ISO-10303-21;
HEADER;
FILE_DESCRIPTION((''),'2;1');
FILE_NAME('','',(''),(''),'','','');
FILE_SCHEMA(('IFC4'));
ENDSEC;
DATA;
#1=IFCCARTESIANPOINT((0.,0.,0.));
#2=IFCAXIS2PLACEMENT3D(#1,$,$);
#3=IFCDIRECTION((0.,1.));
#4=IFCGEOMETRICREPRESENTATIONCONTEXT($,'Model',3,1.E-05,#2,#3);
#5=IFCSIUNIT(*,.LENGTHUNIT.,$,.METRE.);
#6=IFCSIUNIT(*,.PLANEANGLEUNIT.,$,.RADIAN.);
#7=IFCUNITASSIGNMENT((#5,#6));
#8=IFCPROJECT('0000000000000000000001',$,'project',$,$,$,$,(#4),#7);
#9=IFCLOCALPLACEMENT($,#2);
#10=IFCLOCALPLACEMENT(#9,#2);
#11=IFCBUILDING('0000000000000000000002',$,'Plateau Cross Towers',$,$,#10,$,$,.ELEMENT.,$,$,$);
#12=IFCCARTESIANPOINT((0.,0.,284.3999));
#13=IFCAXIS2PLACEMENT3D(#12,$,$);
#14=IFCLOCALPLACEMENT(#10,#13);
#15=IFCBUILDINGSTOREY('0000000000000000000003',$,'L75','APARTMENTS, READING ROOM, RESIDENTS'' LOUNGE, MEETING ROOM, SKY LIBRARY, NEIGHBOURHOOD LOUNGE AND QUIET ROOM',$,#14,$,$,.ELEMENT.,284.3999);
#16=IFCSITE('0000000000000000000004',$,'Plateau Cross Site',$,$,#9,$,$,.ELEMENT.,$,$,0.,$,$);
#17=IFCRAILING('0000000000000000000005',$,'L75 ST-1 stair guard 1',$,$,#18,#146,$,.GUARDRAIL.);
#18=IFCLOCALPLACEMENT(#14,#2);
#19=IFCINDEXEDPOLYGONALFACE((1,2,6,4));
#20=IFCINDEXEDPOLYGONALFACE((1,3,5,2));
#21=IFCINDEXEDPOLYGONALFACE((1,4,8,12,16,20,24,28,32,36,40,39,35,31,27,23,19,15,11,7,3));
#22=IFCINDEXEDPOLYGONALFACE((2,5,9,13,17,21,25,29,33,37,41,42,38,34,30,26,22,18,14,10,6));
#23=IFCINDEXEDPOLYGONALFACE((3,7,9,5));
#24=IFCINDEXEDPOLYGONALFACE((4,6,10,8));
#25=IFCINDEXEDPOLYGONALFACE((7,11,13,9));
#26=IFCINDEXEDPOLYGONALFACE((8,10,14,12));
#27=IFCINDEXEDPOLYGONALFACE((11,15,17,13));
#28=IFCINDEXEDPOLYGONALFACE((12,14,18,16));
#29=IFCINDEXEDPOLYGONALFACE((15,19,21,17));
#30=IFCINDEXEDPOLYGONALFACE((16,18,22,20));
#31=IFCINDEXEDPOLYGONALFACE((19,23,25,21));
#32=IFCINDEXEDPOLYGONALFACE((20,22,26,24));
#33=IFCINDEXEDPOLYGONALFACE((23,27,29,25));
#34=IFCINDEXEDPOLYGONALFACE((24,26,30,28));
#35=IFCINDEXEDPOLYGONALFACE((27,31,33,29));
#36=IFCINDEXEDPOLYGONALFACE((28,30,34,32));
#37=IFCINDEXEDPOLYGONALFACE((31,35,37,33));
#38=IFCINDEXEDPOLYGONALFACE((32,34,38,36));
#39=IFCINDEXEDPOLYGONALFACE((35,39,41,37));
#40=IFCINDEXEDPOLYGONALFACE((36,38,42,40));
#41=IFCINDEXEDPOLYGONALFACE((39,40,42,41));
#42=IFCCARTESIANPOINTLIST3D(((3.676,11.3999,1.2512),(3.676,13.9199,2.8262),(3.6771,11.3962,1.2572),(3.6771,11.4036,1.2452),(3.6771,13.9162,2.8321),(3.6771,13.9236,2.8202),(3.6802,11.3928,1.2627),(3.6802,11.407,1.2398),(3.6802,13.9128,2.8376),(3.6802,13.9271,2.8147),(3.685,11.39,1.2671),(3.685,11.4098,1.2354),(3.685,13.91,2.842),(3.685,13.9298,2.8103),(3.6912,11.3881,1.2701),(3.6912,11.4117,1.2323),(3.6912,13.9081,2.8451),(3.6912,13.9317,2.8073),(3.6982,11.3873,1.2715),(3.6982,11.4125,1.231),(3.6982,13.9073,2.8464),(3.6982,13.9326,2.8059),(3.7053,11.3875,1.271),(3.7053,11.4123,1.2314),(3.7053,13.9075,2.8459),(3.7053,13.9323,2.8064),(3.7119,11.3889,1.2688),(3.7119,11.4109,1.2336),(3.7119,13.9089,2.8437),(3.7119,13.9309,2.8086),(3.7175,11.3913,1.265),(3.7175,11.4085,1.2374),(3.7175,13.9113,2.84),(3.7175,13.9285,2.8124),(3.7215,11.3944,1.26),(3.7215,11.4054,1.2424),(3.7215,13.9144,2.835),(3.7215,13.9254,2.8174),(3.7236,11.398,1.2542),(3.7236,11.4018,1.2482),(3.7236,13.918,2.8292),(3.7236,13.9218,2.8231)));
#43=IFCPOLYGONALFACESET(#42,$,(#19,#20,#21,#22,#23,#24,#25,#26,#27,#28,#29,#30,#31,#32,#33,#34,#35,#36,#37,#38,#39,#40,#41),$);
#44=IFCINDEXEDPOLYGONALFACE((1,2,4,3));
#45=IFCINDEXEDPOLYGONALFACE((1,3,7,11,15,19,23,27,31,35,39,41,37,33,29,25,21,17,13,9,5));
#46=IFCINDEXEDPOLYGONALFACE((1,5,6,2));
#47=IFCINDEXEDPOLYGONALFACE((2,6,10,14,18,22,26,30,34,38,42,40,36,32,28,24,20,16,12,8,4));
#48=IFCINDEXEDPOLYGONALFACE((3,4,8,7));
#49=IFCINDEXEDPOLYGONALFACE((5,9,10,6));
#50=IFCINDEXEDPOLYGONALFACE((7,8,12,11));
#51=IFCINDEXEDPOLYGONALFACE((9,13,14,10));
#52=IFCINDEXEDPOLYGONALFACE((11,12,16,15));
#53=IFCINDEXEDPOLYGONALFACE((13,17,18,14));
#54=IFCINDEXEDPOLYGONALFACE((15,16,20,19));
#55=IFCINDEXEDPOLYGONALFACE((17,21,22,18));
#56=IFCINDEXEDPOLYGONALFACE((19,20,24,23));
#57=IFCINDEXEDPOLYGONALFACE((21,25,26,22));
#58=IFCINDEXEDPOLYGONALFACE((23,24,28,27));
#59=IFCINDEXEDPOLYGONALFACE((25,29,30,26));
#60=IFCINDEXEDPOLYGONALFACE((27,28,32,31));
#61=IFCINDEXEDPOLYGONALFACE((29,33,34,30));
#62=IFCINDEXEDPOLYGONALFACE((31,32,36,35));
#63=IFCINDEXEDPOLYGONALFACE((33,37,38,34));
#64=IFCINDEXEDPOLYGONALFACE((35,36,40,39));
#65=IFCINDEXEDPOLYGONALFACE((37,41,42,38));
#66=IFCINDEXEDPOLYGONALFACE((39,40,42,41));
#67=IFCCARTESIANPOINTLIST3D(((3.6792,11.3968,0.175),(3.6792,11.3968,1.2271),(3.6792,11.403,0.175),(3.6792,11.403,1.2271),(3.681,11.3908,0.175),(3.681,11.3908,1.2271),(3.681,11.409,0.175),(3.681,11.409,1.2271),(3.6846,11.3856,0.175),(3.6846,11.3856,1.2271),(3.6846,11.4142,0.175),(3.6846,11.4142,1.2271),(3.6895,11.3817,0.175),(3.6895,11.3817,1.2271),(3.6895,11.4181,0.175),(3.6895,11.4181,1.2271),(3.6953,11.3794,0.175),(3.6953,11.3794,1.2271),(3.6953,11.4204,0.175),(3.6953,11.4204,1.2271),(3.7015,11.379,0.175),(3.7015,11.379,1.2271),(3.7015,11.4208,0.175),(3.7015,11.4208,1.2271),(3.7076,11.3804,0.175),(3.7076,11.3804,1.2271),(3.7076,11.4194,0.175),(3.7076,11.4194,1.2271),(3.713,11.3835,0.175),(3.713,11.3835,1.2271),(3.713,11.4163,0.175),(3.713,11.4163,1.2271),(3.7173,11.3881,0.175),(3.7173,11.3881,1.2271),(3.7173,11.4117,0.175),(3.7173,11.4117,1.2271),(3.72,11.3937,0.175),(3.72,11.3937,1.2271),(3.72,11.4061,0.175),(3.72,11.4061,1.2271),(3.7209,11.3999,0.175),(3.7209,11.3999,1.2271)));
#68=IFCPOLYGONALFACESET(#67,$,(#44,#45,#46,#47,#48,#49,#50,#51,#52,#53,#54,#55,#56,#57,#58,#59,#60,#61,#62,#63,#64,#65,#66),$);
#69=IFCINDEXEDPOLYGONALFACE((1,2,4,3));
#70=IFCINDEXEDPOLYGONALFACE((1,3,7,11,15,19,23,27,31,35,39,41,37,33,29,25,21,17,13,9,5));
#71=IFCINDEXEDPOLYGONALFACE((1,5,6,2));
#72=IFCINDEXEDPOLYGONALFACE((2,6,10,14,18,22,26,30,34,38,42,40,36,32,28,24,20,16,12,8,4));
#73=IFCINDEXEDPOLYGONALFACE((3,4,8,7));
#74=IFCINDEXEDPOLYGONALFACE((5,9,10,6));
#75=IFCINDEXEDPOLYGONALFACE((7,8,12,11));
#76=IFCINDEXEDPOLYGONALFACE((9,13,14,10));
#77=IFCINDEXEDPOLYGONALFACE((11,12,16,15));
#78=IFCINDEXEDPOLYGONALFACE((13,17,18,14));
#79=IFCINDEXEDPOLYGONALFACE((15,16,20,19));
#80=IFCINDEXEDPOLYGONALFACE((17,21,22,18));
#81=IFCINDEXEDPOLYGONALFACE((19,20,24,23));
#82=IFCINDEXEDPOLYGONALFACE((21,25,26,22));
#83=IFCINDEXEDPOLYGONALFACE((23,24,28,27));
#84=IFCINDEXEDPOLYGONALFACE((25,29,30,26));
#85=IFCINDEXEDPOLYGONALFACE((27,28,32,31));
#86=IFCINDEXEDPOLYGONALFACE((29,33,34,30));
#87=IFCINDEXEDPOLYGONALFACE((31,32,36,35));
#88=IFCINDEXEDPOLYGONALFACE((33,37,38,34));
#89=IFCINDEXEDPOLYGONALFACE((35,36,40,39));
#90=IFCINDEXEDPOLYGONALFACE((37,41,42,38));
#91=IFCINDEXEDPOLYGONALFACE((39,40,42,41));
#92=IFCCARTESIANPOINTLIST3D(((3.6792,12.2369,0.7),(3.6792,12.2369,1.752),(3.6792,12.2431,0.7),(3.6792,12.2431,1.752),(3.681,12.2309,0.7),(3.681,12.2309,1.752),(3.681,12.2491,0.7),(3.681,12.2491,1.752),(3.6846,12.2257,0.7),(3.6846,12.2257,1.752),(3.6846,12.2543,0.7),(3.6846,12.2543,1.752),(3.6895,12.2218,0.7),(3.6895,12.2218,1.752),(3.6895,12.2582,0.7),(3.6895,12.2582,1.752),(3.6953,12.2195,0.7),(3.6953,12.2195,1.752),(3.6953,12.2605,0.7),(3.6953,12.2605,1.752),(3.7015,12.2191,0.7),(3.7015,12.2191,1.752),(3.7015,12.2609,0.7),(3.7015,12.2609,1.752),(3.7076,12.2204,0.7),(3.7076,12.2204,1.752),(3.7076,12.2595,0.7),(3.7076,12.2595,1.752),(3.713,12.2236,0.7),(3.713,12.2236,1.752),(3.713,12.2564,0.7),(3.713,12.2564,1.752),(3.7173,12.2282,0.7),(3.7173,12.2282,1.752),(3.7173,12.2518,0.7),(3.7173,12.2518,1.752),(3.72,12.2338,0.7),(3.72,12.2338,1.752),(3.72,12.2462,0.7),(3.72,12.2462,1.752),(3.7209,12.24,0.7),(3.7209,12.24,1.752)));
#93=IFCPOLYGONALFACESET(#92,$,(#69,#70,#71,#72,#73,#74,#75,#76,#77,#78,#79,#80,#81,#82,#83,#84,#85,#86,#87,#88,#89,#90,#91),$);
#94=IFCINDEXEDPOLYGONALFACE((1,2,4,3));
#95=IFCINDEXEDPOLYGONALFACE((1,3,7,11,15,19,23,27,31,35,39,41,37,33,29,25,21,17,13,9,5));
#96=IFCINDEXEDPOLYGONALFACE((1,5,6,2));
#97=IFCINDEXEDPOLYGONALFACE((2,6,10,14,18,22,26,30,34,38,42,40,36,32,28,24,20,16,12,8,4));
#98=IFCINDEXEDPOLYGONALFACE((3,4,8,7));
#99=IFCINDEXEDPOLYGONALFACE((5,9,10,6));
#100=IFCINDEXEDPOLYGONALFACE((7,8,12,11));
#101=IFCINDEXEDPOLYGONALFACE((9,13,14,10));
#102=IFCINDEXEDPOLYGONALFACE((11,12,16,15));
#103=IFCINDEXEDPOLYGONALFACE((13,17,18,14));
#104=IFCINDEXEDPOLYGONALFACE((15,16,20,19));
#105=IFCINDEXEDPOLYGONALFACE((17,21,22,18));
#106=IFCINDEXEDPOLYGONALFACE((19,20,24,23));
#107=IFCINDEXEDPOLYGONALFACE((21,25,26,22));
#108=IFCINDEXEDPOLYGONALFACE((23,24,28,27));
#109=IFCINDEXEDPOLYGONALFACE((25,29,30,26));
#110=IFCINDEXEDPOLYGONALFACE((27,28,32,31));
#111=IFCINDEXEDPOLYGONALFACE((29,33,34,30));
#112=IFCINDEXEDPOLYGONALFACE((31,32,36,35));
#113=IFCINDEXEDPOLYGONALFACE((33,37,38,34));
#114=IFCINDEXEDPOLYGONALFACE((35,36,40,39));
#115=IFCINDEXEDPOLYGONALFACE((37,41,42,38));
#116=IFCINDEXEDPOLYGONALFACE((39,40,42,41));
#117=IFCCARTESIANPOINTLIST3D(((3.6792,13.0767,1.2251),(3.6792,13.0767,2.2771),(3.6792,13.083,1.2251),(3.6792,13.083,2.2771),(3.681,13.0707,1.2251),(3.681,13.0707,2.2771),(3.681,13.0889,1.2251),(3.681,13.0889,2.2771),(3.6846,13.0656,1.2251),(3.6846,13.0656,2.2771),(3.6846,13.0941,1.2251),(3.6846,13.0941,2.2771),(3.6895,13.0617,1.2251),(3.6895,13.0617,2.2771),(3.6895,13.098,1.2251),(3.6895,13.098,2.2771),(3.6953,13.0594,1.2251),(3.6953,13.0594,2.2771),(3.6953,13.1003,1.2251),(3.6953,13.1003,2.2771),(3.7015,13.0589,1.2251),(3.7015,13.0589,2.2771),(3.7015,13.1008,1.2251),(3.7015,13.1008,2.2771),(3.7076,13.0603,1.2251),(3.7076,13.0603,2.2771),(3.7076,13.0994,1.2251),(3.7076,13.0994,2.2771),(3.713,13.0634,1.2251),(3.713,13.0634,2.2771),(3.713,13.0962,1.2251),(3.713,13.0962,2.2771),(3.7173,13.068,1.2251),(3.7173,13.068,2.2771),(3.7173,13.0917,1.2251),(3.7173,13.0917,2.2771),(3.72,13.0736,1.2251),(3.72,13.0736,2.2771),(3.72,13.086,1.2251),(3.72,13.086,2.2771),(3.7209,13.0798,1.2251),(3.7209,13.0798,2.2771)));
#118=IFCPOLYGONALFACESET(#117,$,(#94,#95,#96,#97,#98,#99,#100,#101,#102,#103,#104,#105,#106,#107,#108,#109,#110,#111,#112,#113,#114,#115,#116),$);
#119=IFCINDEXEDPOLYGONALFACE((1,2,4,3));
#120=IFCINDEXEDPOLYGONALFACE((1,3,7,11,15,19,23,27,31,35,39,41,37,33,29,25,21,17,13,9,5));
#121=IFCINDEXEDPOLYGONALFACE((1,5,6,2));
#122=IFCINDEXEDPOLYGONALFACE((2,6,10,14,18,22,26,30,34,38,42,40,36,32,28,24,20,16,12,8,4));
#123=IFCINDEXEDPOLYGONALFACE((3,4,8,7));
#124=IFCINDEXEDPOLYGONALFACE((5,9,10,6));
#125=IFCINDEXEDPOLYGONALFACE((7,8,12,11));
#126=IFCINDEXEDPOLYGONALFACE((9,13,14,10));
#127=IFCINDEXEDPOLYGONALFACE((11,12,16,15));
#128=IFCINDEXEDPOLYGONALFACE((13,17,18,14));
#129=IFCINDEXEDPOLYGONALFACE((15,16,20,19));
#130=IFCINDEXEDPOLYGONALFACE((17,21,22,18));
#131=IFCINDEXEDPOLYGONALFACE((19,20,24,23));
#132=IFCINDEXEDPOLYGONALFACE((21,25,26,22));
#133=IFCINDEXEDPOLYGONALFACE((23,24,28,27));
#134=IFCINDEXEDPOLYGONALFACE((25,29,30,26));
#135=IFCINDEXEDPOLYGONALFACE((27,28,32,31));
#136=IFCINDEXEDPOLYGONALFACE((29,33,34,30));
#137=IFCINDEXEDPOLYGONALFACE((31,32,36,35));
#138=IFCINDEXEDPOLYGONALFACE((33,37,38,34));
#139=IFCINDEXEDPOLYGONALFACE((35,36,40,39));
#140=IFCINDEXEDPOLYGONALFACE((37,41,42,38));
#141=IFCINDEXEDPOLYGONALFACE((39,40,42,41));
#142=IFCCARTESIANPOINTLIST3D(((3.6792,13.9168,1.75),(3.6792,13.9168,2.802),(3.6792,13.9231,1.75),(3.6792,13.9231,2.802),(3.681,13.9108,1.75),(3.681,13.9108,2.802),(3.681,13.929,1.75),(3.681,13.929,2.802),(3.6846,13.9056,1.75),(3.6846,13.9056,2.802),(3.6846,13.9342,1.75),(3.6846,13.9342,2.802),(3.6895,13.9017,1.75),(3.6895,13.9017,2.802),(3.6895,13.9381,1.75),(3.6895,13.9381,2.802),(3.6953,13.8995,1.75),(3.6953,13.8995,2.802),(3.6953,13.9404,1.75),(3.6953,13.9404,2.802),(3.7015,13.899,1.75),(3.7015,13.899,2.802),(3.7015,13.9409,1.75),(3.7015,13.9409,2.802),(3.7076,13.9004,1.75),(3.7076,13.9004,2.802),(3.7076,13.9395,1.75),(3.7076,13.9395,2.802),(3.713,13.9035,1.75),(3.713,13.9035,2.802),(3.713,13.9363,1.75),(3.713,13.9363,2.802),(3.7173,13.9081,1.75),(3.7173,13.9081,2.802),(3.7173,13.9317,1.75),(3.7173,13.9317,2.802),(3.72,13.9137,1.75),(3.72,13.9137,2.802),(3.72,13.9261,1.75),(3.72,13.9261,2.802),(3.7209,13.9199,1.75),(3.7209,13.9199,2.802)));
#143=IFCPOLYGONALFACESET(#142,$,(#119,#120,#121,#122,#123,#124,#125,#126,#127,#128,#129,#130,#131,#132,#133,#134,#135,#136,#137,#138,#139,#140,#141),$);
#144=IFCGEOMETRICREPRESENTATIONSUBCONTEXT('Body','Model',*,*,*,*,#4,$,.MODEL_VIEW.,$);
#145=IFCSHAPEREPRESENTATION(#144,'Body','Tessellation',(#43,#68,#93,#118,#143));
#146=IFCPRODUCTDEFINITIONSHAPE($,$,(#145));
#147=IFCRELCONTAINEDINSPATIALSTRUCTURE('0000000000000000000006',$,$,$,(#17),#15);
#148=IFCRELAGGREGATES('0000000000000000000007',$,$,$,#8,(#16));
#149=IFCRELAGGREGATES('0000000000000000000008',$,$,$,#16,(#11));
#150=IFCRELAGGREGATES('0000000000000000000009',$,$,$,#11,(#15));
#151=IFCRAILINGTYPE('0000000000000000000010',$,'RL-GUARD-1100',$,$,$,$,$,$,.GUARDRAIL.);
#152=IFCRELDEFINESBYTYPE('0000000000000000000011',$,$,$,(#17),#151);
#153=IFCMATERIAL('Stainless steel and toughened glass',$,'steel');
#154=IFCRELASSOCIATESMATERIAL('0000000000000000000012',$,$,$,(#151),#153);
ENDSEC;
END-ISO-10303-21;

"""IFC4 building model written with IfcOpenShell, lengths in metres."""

from ifc_helpers import new_model, si_unit, direction, frame, origin, origin_2d, place, context, subcontext, project, spatial, circle, extrude, material, type_object, element, save


model = new_model("IFC4")

# Units and contexts
model_context = context("Model", 3, precision=1e-05, world=origin(), true_north=direction((0.0, 1.0)))
body_context = subcontext(model_context, "Body", "Model", "MODEL_VIEW")
ifc_project = project(units=[si_unit("LENGTHUNIT", "METRE"), si_unit("PLANEANGLEUNIT", "RADIAN")], contexts=[model_context])

# Site, building, storey
site_placement = place(None, origin())
site = spatial("IfcSite", under=ifc_project, at=site_placement, Name="Plateau Cross Site", CompositionType="ELEMENT", RefElevation=0.0)
building_placement = place(site_placement, origin())
building = spatial("IfcBuilding", under=site, at=building_placement, Name="Plateau Cross Towers", CompositionType="ELEMENT")
storey_placement = place(building_placement, frame((0.0, 0.0, 284.3999)))
storey = spatial("IfcBuildingStorey", under=building, at=storey_placement, Name="L75", Description="APARTMENTS, READING ROOM, RESIDENTS' LOUNGE, MEETING ROOM, SKY LIBRARY, NEIGHBOURHOOD LOUNGE AND QUIET ROOM", CompositionType="ELEMENT", Elevation=284.3999)

# Railing
ifc_material_1 = material(Name="Stainless steel and toughened glass", Category="steel")
railing_type_1 = type_object("IfcRailingType", Name="RL-GUARD-1100", PredefinedType="GUARDRAIL", material=ifc_material_1)
railing_1_placement = place(storey_placement, frame((3.7, 11.3999, 0.175)))
element("IfcRailing", 1, at=railing_1_placement, inside=storey, type_object=railing_type_1, Name="L75 ST-1 stair guard 1", PredefinedType="GUARDRAIL", context=body_context, shape_type="SweptSolid", body=[
    extrude(circle(Radius=0.0239, at=origin_2d()), frame((0.0, 0.0, 1.0762), z_axis=(0.0, 0.848008, 0.529984), x_axis=(-1.0, 0.0, 0.0)), (0.0, 0.0, 1.0), 2.9717),
    extrude(circle(Radius=0.021, at=origin_2d()), origin(), (0.0, 0.0, 1.0), 1.052),
    extrude(circle(Radius=0.021, at=origin_2d()), frame((0.0, 0.8401, 0.5249)), (0.0, 0.0, 1.0), 1.052),
    extrude(circle(Radius=0.021, at=origin_2d()), frame((0.0, 1.6799, 1.05)), (0.0, 0.0, 1.0), 1.052),
    extrude(circle(Radius=0.021, at=origin_2d()), frame((0.0, 2.52, 1.575)), (0.0, 0.0, 1.0), 1.052),
])

save(model, "model.ifc")
